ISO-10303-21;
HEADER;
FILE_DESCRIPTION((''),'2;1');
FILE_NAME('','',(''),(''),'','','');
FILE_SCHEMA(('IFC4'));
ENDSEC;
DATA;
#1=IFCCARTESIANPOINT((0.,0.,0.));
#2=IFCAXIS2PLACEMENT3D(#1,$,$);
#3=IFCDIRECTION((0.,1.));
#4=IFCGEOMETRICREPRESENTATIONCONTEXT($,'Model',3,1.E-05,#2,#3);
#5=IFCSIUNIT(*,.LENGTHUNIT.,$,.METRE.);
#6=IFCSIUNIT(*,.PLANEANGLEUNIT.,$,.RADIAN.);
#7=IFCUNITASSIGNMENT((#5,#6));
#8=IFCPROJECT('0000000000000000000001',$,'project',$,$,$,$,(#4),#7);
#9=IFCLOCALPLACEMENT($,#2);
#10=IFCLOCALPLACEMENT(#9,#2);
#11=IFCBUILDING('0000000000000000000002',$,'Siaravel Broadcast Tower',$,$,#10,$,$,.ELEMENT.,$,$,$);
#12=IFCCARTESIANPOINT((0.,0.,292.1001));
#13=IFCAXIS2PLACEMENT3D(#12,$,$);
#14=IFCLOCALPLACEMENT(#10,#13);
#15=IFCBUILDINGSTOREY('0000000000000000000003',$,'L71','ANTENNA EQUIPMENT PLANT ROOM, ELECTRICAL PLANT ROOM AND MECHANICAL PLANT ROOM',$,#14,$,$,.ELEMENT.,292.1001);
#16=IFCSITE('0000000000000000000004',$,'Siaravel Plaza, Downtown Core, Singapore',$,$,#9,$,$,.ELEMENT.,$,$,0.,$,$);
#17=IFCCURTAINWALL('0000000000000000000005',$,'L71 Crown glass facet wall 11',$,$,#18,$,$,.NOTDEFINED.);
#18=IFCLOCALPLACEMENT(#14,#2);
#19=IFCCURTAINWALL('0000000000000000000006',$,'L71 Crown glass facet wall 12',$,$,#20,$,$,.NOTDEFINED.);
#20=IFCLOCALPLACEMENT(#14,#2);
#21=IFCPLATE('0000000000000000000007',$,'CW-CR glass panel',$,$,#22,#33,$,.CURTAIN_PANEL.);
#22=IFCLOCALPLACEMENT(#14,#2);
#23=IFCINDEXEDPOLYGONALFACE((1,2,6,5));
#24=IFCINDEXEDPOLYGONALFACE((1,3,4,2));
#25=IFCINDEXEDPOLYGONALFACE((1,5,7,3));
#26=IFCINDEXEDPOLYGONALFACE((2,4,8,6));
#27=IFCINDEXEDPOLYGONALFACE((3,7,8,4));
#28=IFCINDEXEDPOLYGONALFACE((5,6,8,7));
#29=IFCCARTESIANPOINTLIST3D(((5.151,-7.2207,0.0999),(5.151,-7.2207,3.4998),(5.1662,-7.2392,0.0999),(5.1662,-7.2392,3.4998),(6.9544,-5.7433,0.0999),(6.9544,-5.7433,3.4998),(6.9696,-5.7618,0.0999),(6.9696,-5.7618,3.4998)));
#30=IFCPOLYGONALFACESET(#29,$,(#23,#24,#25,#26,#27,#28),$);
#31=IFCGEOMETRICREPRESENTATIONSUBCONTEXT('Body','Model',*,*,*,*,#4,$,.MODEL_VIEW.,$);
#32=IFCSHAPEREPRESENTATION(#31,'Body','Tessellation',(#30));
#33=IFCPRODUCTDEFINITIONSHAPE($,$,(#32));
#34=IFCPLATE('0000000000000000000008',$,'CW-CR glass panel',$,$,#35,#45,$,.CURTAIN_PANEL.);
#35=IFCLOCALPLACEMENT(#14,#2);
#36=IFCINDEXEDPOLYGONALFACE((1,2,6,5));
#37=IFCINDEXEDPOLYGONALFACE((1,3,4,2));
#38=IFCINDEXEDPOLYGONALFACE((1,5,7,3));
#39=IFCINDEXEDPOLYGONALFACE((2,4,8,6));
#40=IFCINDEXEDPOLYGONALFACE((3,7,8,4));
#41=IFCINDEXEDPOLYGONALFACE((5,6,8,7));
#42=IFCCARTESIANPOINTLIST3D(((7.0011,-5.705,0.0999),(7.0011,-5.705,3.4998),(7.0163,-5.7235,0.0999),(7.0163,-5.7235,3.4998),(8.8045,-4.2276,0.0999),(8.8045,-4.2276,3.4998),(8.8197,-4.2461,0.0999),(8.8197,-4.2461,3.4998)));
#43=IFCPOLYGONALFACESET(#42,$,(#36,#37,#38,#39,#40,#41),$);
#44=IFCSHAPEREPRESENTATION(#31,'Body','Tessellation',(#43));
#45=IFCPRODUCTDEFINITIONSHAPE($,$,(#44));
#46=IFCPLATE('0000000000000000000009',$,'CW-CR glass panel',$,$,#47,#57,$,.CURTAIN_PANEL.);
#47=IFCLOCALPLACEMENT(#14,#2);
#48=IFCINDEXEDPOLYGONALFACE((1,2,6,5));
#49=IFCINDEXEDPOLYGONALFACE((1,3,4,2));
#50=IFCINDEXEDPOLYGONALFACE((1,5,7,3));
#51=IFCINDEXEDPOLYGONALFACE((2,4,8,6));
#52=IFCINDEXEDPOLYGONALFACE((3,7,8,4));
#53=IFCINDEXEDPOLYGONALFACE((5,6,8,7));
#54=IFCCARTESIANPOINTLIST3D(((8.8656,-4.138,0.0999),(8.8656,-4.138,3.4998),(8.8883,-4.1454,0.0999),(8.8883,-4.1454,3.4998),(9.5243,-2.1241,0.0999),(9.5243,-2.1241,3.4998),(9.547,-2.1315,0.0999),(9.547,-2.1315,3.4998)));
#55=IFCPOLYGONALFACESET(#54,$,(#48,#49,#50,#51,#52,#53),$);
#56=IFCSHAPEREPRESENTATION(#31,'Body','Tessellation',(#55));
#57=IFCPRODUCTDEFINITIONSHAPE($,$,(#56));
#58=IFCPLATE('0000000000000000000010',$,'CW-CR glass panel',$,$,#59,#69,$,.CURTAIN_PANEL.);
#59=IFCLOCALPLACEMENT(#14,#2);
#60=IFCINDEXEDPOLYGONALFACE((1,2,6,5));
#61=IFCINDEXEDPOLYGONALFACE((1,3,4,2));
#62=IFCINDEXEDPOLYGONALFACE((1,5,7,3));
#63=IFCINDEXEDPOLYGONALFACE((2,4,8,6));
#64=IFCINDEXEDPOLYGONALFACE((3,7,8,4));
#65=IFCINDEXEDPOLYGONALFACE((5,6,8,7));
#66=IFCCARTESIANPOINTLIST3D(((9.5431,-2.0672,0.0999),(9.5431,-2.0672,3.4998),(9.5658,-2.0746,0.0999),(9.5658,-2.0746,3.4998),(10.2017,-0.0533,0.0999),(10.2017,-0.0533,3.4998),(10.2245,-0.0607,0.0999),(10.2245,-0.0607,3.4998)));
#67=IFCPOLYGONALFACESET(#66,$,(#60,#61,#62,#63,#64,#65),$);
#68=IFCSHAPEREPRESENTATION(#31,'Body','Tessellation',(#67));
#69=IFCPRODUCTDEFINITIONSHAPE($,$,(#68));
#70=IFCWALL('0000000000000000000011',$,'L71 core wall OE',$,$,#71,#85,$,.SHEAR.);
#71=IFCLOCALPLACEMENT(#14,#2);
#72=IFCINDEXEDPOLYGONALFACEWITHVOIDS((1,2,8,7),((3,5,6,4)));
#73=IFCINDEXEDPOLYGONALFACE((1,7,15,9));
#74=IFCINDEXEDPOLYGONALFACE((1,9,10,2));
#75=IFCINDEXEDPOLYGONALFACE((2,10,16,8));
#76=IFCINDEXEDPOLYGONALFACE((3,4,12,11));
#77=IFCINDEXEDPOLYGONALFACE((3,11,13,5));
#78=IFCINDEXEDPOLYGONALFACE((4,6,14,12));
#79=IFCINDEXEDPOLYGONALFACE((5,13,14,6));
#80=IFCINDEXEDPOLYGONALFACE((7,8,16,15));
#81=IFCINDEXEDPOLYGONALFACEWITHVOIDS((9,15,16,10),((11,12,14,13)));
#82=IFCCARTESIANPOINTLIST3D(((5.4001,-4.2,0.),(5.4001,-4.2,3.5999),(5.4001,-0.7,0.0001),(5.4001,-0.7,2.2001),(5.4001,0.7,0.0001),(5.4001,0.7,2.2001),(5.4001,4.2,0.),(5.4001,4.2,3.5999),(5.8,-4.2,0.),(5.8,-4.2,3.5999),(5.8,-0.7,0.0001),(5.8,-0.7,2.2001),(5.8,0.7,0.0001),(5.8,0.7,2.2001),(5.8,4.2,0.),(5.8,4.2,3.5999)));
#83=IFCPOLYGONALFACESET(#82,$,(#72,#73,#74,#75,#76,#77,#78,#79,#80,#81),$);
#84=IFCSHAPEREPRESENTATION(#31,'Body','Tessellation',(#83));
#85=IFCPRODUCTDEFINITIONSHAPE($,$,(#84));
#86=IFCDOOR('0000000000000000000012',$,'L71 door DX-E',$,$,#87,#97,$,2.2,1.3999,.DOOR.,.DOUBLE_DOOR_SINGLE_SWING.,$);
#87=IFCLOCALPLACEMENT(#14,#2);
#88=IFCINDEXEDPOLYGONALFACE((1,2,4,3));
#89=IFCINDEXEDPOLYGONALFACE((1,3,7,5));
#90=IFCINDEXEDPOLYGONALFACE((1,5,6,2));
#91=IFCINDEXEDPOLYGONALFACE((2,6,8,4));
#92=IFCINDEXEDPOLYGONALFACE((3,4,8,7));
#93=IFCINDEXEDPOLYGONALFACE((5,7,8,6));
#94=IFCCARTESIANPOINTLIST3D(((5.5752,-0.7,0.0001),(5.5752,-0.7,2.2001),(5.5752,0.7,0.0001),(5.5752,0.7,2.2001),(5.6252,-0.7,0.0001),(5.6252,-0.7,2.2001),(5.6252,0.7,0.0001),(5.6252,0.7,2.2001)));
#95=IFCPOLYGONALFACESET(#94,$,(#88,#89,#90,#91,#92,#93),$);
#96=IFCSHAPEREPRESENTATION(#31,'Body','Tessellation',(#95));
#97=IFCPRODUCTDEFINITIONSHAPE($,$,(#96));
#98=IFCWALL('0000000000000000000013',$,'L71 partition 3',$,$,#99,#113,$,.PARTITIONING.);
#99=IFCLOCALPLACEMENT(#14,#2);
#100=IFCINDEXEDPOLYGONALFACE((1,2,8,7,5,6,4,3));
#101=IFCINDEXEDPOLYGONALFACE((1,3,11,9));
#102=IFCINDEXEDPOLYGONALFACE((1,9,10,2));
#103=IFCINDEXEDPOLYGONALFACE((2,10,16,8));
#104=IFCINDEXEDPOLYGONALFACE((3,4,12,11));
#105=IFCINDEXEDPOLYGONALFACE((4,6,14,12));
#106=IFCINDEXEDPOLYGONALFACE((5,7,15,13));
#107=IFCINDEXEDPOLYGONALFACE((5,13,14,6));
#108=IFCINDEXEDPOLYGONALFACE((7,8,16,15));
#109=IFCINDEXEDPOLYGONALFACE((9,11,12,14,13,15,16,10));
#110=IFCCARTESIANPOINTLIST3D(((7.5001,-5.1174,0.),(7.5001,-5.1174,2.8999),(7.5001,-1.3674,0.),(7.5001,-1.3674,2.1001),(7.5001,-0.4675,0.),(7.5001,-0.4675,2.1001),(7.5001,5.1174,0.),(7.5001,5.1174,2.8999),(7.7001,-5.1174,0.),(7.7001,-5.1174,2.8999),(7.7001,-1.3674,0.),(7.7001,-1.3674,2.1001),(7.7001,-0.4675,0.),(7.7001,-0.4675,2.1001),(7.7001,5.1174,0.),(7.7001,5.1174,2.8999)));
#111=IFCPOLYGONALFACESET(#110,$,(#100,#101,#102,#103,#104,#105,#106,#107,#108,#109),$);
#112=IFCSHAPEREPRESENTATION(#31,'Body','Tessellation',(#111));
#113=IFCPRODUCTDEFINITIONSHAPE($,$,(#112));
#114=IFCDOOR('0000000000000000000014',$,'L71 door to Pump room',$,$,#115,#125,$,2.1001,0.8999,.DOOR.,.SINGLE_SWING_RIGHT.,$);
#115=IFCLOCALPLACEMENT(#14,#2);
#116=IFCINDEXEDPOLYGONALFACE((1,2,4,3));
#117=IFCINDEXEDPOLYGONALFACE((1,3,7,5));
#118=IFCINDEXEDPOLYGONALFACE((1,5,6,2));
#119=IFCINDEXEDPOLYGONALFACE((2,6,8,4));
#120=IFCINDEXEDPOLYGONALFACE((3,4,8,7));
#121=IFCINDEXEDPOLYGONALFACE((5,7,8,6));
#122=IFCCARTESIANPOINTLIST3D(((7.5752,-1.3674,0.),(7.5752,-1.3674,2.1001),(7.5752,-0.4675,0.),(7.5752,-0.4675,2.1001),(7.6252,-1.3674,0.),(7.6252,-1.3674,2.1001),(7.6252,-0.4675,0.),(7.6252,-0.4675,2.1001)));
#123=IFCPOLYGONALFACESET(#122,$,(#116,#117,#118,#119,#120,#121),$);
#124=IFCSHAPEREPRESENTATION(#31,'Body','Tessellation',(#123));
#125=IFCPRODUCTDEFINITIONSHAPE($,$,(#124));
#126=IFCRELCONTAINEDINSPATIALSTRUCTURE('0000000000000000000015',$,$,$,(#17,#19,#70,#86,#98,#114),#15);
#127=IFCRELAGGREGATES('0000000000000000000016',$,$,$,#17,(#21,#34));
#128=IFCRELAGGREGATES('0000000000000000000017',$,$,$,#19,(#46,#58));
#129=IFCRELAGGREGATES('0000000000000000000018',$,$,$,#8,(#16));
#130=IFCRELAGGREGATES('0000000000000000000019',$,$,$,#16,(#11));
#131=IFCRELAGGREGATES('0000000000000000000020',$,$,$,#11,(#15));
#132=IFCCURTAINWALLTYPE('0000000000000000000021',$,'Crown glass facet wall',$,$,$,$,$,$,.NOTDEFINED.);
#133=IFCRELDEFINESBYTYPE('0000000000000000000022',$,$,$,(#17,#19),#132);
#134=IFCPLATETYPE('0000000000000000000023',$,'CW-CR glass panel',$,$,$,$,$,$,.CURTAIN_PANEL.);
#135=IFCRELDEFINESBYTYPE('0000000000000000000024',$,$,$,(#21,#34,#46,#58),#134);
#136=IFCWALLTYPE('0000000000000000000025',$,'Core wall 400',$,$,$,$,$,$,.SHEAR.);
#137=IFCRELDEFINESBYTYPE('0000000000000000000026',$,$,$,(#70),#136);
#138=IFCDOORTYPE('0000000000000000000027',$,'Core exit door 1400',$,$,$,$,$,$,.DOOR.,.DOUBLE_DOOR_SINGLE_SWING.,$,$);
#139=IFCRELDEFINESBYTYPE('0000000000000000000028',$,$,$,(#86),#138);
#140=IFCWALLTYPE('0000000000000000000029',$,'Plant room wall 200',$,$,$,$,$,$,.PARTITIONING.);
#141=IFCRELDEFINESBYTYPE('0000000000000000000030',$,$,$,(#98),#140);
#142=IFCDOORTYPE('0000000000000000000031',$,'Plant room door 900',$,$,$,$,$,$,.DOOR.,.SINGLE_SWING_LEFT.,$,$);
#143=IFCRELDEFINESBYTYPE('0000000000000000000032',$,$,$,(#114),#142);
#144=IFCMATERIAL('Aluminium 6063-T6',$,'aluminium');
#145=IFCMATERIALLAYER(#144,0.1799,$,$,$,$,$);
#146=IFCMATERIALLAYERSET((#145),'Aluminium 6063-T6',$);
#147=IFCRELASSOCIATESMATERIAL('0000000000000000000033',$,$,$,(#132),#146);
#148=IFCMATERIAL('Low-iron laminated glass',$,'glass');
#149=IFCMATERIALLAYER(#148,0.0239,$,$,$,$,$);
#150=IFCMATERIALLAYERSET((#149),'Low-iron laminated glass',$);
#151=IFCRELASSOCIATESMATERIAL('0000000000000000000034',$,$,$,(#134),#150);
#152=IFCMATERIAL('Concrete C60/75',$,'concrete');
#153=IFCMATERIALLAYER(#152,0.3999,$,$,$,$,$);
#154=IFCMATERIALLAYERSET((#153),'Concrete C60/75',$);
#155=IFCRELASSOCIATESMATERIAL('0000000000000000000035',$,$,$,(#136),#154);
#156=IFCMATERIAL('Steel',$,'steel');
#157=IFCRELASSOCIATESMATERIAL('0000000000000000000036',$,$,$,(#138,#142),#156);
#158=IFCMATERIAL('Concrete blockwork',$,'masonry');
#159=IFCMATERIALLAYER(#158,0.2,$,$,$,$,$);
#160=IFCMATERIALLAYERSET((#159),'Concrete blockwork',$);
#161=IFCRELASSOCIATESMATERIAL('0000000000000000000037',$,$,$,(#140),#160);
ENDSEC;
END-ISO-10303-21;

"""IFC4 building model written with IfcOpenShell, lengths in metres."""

from ifc_helpers import new_model, si_unit, direction, frame, frame_2d, origin, origin_2d, place, context, subcontext, project, spatial, rectangle, extrude, material, layer, layer_set, type_object, element, fill, aggregate, save


model = new_model("IFC4")

# Units and contexts
model_context = context("Model", 3, precision=1e-05, world=origin(), true_north=direction((0.0, 1.0)))
body_context = subcontext(model_context, "Body", "Model", "MODEL_VIEW")
ifc_project = project(units=[si_unit("LENGTHUNIT", "METRE"), si_unit("PLANEANGLEUNIT", "RADIAN")], contexts=[model_context])

# Site, building, storey
site_placement = place(None, origin())
site = spatial("IfcSite", under=ifc_project, at=site_placement, Name="Siaravel Plaza, Downtown Core, Singapore", CompositionType="ELEMENT", RefElevation=0.0)
building_placement = place(site_placement, origin())
building = spatial("IfcBuilding", under=site, at=building_placement, Name="Siaravel Broadcast Tower", CompositionType="ELEMENT")
storey_placement = place(building_placement, frame((0.0, 0.0, 292.1001)))
storey = spatial("IfcBuildingStorey", under=building, at=storey_placement, Name="L71", Description="ANTENNA EQUIPMENT PLANT ROOM, ELECTRICAL PLANT ROOM AND MECHANICAL PLANT ROOM", CompositionType="ELEMENT", Elevation=292.1001)

# Curtain walls
ifc_material_1 = material(Name="Aluminium 6063-T6", Category="aluminium")
ifc_layer_1 = layer(ifc_material_1, 0.1799)
ifc_layer_set_1 = layer_set([ifc_layer_1], Name="Aluminium 6063-T6")
curtain_wall_type = type_object("IfcCurtainWallType", Name="Crown glass facet wall", PredefinedType="NOTDEFINED", material=ifc_layer_set_1)
curtain_wall_1_placement = place(storey_placement, origin())
curtain_wall_1 = element("IfcCurtainWall", 1, at=curtain_wall_1_placement, inside=storey, type_object=curtain_wall_type, Name="L71 Crown glass facet wall 11", PredefinedType="NOTDEFINED")
curtain_wall_2_placement = place(storey_placement, origin())
curtain_wall_2 = element("IfcCurtainWall", 2, at=curtain_wall_2_placement, inside=storey, type_object=curtain_wall_type, Name="L71 Crown glass facet wall 12", PredefinedType="NOTDEFINED")

# Plates
ifc_material_2 = material(Name="Low-iron laminated glass", Category="glass")
ifc_layer_2 = layer(ifc_material_2, 0.0239)
ifc_layer_set_2 = layer_set([ifc_layer_2], Name="Low-iron laminated glass")
plate_type = type_object("IfcPlateType", Name="CW-CR glass panel", PredefinedType="CURTAIN_PANEL", material=ifc_layer_set_2)
plate_1_placement = place(storey_placement, frame((6.0603, -6.4912, 0.0999), z_axis=(0.0, 0.0, 1.0), x_axis=(0.773559, 0.633724, 0.0)))
plate_1 = element("IfcPlate", 3, at=plate_1_placement, type_object=plate_type, Name="CW-CR glass panel", PredefinedType="CURTAIN_PANEL", context=body_context, shape_type="SweptSolid", body=[
    extrude(rectangle(XDim=2.3313, YDim=0.0239, at=origin_2d()), origin(), (0.0, 0.0, 1.0), 3.3999),
])
plate_2_placement = place(storey_placement, frame((7.9104, -4.9756, 0.0999), z_axis=(0.0, 0.0, 1.0), x_axis=(0.773559, 0.633724, 0.0)))
plate_2 = element("IfcPlate", 4, at=plate_2_placement, type_object=plate_type, Name="CW-CR glass panel", PredefinedType="CURTAIN_PANEL", context=body_context, shape_type="SweptSolid", body=[
    extrude(rectangle(XDim=2.3313, YDim=0.0239, at=origin_2d()), origin(), (0.0, 0.0, 1.0), 3.3999),
])
aggregate(curtain_wall_1, [plate_1, plate_2])
plate_3_placement = place(storey_placement, frame((9.2063, -3.1348, 0.0999), z_axis=(0.0, 0.0, 1.0), x_axis=(0.310848, 0.95046, 0.0)))
plate_3 = element("IfcPlate", 5, at=plate_3_placement, type_object=plate_type, Name="CW-CR glass panel", PredefinedType="CURTAIN_PANEL", context=body_context, shape_type="SweptSolid", body=[
    extrude(rectangle(XDim=2.1189, YDim=0.0239, at=origin_2d()), origin(), (0.0, 0.0, 1.0), 3.3999),
])
plate_4_placement = place(storey_placement, frame((9.8838, -1.064, 0.0999), z_axis=(0.0, 0.0, 1.0), x_axis=(0.310848, 0.95046, 0.0)))
plate_4 = element("IfcPlate", 6, at=plate_4_placement, type_object=plate_type, Name="CW-CR glass panel", PredefinedType="CURTAIN_PANEL", context=body_context, shape_type="SweptSolid", body=[
    extrude(rectangle(XDim=2.1189, YDim=0.0239, at=origin_2d()), origin(), (0.0, 0.0, 1.0), 3.3999),
])
aggregate(curtain_wall_2, [plate_3, plate_4])

# Walls, openings, doors
ifc_material_3 = material(Name="Concrete C60/75", Category="concrete")
ifc_layer_3 = layer(ifc_material_3, 0.3999)
ifc_layer_set_3 = layer_set([ifc_layer_3], Name="Concrete C60/75")
wall_type_1 = type_object("IfcWallType", Name="Core wall 400", PredefinedType="SHEAR", material=ifc_layer_set_3)
wall_1_placement = place(storey_placement, frame((5.6001, -4.2, 0.0), z_axis=(0.0, 0.0, 1.0), x_axis=(0.0, 1.0, 0.0)))
wall_1 = element("IfcWall", 7, at=wall_1_placement, inside=storey, type_object=wall_type_1, Name="L71 core wall OE", PredefinedType="SHEAR", context=body_context, shape_type="SweptSolid", body=[
    extrude(rectangle(XDim=8.3999, YDim=0.3999, at=frame_2d((4.2, 0.0))), origin(), (0.0, 0.0, 1.0), 3.5999),
])
opening_1_placement = place(wall_1_placement, frame((3.5, 0.0, 0.0)))
opening_1 = element("IfcOpeningElement", 8, at=opening_1_placement, cuts=wall_1, PredefinedType="OPENING", context=body_context, shape_type="SweptSolid", body=[
    extrude(rectangle(XDim=1.3999, YDim=2.2, at=frame_2d((0.7, 1.1001))), frame((0.0, 0.21, 0.0), z_axis=(0.0, -1.0, 0.0), x_axis=(1.0, 0.0, 0.0)), (0.0, 0.0, 1.0), 0.4199),
])
ifc_material_4 = material(Name="Steel", Category="steel")
door_type_1 = type_object("IfcDoorType", Name="Core exit door 1400", OperationType="DOUBLE_DOOR_SINGLE_SWING", PredefinedType="DOOR", material=ifc_material_4)
door_1_placement = place(opening_1_placement, origin())
door_1 = element("IfcDoor", 9, at=door_1_placement, inside=storey, type_object=door_type_1, Name="L71 door DX-E", OperationType="DOUBLE_DOOR_SINGLE_SWING", OverallHeight=2.2, OverallWidth=1.3999, PredefinedType="DOOR", context=body_context, shape_type="SweptSolid", body=[
    extrude(rectangle(XDim=1.3999, YDim=2.2, at=frame_2d((0.7, 1.1001))), frame((0.0, 0.0249, 0.0), z_axis=(0.0, -1.0, 0.0), x_axis=(1.0, 0.0, 0.0)), (0.0, 0.0, 1.0), 0.05),
])
fill(opening_1, door_1)
ifc_material_5 = material(Name="Concrete blockwork", Category="masonry")
ifc_layer_4 = layer(ifc_material_5, 0.2)
ifc_layer_set_4 = layer_set([ifc_layer_4], Name="Concrete blockwork")
wall_type_2 = type_object("IfcWallType", Name="Plant room wall 200", PredefinedType="PARTITIONING", material=ifc_layer_set_4)
wall_2_placement = place(storey_placement, frame((7.6001, -5.1174, 0.0), z_axis=(0.0, 0.0, 1.0), x_axis=(0.0, 1.0, 0.0)))
wall_2 = element("IfcWall", 10, at=wall_2_placement, inside=storey, type_object=wall_type_2, Name="L71 partition 3", PredefinedType="PARTITIONING", context=body_context, shape_type="SweptSolid", body=[
    extrude(rectangle(XDim=10.2349, YDim=0.2, at=frame_2d((5.1174, 0.0))), origin(), (0.0, 0.0, 1.0), 2.8999),
])
opening_2_placement = place(wall_2_placement, frame((3.75, 0.0, 0.0)))
opening_2 = element("IfcOpeningElement", 11, at=opening_2_placement, cuts=wall_2, PredefinedType="OPENING", context=body_context, shape_type="SweptSolid", body=[
    extrude(rectangle(XDim=0.8999, YDim=2.1001, at=frame_2d((0.45, 1.05))), frame((0.0, 0.1099, 0.0), z_axis=(0.0, -1.0, 0.0), x_axis=(1.0, 0.0, 0.0)), (0.0, 0.0, 1.0), 0.22),
])
door_type_2 = type_object("IfcDoorType", Name="Plant room door 900", OperationType="SINGLE_SWING_LEFT", PredefinedType="DOOR", material=ifc_material_4)
door_2_placement = place(opening_2_placement, origin())
door_2 = element("IfcDoor", 12, at=door_2_placement, inside=storey, type_object=door_type_2, Name="L71 door to Pump room", OperationType="SINGLE_SWING_RIGHT", OverallHeight=2.1001, OverallWidth=0.8999, PredefinedType="DOOR", context=body_context, shape_type="SweptSolid", body=[
    extrude(rectangle(XDim=0.8999, YDim=2.1001, at=frame_2d((0.45, 1.05))), frame((0.0, 0.0249, 0.0), z_axis=(0.0, -1.0, 0.0), x_axis=(1.0, 0.0, 0.0)), (0.0, 0.0, 1.0), 0.05),
])
fill(opening_2, door_2)

save(model, "model.ifc")
